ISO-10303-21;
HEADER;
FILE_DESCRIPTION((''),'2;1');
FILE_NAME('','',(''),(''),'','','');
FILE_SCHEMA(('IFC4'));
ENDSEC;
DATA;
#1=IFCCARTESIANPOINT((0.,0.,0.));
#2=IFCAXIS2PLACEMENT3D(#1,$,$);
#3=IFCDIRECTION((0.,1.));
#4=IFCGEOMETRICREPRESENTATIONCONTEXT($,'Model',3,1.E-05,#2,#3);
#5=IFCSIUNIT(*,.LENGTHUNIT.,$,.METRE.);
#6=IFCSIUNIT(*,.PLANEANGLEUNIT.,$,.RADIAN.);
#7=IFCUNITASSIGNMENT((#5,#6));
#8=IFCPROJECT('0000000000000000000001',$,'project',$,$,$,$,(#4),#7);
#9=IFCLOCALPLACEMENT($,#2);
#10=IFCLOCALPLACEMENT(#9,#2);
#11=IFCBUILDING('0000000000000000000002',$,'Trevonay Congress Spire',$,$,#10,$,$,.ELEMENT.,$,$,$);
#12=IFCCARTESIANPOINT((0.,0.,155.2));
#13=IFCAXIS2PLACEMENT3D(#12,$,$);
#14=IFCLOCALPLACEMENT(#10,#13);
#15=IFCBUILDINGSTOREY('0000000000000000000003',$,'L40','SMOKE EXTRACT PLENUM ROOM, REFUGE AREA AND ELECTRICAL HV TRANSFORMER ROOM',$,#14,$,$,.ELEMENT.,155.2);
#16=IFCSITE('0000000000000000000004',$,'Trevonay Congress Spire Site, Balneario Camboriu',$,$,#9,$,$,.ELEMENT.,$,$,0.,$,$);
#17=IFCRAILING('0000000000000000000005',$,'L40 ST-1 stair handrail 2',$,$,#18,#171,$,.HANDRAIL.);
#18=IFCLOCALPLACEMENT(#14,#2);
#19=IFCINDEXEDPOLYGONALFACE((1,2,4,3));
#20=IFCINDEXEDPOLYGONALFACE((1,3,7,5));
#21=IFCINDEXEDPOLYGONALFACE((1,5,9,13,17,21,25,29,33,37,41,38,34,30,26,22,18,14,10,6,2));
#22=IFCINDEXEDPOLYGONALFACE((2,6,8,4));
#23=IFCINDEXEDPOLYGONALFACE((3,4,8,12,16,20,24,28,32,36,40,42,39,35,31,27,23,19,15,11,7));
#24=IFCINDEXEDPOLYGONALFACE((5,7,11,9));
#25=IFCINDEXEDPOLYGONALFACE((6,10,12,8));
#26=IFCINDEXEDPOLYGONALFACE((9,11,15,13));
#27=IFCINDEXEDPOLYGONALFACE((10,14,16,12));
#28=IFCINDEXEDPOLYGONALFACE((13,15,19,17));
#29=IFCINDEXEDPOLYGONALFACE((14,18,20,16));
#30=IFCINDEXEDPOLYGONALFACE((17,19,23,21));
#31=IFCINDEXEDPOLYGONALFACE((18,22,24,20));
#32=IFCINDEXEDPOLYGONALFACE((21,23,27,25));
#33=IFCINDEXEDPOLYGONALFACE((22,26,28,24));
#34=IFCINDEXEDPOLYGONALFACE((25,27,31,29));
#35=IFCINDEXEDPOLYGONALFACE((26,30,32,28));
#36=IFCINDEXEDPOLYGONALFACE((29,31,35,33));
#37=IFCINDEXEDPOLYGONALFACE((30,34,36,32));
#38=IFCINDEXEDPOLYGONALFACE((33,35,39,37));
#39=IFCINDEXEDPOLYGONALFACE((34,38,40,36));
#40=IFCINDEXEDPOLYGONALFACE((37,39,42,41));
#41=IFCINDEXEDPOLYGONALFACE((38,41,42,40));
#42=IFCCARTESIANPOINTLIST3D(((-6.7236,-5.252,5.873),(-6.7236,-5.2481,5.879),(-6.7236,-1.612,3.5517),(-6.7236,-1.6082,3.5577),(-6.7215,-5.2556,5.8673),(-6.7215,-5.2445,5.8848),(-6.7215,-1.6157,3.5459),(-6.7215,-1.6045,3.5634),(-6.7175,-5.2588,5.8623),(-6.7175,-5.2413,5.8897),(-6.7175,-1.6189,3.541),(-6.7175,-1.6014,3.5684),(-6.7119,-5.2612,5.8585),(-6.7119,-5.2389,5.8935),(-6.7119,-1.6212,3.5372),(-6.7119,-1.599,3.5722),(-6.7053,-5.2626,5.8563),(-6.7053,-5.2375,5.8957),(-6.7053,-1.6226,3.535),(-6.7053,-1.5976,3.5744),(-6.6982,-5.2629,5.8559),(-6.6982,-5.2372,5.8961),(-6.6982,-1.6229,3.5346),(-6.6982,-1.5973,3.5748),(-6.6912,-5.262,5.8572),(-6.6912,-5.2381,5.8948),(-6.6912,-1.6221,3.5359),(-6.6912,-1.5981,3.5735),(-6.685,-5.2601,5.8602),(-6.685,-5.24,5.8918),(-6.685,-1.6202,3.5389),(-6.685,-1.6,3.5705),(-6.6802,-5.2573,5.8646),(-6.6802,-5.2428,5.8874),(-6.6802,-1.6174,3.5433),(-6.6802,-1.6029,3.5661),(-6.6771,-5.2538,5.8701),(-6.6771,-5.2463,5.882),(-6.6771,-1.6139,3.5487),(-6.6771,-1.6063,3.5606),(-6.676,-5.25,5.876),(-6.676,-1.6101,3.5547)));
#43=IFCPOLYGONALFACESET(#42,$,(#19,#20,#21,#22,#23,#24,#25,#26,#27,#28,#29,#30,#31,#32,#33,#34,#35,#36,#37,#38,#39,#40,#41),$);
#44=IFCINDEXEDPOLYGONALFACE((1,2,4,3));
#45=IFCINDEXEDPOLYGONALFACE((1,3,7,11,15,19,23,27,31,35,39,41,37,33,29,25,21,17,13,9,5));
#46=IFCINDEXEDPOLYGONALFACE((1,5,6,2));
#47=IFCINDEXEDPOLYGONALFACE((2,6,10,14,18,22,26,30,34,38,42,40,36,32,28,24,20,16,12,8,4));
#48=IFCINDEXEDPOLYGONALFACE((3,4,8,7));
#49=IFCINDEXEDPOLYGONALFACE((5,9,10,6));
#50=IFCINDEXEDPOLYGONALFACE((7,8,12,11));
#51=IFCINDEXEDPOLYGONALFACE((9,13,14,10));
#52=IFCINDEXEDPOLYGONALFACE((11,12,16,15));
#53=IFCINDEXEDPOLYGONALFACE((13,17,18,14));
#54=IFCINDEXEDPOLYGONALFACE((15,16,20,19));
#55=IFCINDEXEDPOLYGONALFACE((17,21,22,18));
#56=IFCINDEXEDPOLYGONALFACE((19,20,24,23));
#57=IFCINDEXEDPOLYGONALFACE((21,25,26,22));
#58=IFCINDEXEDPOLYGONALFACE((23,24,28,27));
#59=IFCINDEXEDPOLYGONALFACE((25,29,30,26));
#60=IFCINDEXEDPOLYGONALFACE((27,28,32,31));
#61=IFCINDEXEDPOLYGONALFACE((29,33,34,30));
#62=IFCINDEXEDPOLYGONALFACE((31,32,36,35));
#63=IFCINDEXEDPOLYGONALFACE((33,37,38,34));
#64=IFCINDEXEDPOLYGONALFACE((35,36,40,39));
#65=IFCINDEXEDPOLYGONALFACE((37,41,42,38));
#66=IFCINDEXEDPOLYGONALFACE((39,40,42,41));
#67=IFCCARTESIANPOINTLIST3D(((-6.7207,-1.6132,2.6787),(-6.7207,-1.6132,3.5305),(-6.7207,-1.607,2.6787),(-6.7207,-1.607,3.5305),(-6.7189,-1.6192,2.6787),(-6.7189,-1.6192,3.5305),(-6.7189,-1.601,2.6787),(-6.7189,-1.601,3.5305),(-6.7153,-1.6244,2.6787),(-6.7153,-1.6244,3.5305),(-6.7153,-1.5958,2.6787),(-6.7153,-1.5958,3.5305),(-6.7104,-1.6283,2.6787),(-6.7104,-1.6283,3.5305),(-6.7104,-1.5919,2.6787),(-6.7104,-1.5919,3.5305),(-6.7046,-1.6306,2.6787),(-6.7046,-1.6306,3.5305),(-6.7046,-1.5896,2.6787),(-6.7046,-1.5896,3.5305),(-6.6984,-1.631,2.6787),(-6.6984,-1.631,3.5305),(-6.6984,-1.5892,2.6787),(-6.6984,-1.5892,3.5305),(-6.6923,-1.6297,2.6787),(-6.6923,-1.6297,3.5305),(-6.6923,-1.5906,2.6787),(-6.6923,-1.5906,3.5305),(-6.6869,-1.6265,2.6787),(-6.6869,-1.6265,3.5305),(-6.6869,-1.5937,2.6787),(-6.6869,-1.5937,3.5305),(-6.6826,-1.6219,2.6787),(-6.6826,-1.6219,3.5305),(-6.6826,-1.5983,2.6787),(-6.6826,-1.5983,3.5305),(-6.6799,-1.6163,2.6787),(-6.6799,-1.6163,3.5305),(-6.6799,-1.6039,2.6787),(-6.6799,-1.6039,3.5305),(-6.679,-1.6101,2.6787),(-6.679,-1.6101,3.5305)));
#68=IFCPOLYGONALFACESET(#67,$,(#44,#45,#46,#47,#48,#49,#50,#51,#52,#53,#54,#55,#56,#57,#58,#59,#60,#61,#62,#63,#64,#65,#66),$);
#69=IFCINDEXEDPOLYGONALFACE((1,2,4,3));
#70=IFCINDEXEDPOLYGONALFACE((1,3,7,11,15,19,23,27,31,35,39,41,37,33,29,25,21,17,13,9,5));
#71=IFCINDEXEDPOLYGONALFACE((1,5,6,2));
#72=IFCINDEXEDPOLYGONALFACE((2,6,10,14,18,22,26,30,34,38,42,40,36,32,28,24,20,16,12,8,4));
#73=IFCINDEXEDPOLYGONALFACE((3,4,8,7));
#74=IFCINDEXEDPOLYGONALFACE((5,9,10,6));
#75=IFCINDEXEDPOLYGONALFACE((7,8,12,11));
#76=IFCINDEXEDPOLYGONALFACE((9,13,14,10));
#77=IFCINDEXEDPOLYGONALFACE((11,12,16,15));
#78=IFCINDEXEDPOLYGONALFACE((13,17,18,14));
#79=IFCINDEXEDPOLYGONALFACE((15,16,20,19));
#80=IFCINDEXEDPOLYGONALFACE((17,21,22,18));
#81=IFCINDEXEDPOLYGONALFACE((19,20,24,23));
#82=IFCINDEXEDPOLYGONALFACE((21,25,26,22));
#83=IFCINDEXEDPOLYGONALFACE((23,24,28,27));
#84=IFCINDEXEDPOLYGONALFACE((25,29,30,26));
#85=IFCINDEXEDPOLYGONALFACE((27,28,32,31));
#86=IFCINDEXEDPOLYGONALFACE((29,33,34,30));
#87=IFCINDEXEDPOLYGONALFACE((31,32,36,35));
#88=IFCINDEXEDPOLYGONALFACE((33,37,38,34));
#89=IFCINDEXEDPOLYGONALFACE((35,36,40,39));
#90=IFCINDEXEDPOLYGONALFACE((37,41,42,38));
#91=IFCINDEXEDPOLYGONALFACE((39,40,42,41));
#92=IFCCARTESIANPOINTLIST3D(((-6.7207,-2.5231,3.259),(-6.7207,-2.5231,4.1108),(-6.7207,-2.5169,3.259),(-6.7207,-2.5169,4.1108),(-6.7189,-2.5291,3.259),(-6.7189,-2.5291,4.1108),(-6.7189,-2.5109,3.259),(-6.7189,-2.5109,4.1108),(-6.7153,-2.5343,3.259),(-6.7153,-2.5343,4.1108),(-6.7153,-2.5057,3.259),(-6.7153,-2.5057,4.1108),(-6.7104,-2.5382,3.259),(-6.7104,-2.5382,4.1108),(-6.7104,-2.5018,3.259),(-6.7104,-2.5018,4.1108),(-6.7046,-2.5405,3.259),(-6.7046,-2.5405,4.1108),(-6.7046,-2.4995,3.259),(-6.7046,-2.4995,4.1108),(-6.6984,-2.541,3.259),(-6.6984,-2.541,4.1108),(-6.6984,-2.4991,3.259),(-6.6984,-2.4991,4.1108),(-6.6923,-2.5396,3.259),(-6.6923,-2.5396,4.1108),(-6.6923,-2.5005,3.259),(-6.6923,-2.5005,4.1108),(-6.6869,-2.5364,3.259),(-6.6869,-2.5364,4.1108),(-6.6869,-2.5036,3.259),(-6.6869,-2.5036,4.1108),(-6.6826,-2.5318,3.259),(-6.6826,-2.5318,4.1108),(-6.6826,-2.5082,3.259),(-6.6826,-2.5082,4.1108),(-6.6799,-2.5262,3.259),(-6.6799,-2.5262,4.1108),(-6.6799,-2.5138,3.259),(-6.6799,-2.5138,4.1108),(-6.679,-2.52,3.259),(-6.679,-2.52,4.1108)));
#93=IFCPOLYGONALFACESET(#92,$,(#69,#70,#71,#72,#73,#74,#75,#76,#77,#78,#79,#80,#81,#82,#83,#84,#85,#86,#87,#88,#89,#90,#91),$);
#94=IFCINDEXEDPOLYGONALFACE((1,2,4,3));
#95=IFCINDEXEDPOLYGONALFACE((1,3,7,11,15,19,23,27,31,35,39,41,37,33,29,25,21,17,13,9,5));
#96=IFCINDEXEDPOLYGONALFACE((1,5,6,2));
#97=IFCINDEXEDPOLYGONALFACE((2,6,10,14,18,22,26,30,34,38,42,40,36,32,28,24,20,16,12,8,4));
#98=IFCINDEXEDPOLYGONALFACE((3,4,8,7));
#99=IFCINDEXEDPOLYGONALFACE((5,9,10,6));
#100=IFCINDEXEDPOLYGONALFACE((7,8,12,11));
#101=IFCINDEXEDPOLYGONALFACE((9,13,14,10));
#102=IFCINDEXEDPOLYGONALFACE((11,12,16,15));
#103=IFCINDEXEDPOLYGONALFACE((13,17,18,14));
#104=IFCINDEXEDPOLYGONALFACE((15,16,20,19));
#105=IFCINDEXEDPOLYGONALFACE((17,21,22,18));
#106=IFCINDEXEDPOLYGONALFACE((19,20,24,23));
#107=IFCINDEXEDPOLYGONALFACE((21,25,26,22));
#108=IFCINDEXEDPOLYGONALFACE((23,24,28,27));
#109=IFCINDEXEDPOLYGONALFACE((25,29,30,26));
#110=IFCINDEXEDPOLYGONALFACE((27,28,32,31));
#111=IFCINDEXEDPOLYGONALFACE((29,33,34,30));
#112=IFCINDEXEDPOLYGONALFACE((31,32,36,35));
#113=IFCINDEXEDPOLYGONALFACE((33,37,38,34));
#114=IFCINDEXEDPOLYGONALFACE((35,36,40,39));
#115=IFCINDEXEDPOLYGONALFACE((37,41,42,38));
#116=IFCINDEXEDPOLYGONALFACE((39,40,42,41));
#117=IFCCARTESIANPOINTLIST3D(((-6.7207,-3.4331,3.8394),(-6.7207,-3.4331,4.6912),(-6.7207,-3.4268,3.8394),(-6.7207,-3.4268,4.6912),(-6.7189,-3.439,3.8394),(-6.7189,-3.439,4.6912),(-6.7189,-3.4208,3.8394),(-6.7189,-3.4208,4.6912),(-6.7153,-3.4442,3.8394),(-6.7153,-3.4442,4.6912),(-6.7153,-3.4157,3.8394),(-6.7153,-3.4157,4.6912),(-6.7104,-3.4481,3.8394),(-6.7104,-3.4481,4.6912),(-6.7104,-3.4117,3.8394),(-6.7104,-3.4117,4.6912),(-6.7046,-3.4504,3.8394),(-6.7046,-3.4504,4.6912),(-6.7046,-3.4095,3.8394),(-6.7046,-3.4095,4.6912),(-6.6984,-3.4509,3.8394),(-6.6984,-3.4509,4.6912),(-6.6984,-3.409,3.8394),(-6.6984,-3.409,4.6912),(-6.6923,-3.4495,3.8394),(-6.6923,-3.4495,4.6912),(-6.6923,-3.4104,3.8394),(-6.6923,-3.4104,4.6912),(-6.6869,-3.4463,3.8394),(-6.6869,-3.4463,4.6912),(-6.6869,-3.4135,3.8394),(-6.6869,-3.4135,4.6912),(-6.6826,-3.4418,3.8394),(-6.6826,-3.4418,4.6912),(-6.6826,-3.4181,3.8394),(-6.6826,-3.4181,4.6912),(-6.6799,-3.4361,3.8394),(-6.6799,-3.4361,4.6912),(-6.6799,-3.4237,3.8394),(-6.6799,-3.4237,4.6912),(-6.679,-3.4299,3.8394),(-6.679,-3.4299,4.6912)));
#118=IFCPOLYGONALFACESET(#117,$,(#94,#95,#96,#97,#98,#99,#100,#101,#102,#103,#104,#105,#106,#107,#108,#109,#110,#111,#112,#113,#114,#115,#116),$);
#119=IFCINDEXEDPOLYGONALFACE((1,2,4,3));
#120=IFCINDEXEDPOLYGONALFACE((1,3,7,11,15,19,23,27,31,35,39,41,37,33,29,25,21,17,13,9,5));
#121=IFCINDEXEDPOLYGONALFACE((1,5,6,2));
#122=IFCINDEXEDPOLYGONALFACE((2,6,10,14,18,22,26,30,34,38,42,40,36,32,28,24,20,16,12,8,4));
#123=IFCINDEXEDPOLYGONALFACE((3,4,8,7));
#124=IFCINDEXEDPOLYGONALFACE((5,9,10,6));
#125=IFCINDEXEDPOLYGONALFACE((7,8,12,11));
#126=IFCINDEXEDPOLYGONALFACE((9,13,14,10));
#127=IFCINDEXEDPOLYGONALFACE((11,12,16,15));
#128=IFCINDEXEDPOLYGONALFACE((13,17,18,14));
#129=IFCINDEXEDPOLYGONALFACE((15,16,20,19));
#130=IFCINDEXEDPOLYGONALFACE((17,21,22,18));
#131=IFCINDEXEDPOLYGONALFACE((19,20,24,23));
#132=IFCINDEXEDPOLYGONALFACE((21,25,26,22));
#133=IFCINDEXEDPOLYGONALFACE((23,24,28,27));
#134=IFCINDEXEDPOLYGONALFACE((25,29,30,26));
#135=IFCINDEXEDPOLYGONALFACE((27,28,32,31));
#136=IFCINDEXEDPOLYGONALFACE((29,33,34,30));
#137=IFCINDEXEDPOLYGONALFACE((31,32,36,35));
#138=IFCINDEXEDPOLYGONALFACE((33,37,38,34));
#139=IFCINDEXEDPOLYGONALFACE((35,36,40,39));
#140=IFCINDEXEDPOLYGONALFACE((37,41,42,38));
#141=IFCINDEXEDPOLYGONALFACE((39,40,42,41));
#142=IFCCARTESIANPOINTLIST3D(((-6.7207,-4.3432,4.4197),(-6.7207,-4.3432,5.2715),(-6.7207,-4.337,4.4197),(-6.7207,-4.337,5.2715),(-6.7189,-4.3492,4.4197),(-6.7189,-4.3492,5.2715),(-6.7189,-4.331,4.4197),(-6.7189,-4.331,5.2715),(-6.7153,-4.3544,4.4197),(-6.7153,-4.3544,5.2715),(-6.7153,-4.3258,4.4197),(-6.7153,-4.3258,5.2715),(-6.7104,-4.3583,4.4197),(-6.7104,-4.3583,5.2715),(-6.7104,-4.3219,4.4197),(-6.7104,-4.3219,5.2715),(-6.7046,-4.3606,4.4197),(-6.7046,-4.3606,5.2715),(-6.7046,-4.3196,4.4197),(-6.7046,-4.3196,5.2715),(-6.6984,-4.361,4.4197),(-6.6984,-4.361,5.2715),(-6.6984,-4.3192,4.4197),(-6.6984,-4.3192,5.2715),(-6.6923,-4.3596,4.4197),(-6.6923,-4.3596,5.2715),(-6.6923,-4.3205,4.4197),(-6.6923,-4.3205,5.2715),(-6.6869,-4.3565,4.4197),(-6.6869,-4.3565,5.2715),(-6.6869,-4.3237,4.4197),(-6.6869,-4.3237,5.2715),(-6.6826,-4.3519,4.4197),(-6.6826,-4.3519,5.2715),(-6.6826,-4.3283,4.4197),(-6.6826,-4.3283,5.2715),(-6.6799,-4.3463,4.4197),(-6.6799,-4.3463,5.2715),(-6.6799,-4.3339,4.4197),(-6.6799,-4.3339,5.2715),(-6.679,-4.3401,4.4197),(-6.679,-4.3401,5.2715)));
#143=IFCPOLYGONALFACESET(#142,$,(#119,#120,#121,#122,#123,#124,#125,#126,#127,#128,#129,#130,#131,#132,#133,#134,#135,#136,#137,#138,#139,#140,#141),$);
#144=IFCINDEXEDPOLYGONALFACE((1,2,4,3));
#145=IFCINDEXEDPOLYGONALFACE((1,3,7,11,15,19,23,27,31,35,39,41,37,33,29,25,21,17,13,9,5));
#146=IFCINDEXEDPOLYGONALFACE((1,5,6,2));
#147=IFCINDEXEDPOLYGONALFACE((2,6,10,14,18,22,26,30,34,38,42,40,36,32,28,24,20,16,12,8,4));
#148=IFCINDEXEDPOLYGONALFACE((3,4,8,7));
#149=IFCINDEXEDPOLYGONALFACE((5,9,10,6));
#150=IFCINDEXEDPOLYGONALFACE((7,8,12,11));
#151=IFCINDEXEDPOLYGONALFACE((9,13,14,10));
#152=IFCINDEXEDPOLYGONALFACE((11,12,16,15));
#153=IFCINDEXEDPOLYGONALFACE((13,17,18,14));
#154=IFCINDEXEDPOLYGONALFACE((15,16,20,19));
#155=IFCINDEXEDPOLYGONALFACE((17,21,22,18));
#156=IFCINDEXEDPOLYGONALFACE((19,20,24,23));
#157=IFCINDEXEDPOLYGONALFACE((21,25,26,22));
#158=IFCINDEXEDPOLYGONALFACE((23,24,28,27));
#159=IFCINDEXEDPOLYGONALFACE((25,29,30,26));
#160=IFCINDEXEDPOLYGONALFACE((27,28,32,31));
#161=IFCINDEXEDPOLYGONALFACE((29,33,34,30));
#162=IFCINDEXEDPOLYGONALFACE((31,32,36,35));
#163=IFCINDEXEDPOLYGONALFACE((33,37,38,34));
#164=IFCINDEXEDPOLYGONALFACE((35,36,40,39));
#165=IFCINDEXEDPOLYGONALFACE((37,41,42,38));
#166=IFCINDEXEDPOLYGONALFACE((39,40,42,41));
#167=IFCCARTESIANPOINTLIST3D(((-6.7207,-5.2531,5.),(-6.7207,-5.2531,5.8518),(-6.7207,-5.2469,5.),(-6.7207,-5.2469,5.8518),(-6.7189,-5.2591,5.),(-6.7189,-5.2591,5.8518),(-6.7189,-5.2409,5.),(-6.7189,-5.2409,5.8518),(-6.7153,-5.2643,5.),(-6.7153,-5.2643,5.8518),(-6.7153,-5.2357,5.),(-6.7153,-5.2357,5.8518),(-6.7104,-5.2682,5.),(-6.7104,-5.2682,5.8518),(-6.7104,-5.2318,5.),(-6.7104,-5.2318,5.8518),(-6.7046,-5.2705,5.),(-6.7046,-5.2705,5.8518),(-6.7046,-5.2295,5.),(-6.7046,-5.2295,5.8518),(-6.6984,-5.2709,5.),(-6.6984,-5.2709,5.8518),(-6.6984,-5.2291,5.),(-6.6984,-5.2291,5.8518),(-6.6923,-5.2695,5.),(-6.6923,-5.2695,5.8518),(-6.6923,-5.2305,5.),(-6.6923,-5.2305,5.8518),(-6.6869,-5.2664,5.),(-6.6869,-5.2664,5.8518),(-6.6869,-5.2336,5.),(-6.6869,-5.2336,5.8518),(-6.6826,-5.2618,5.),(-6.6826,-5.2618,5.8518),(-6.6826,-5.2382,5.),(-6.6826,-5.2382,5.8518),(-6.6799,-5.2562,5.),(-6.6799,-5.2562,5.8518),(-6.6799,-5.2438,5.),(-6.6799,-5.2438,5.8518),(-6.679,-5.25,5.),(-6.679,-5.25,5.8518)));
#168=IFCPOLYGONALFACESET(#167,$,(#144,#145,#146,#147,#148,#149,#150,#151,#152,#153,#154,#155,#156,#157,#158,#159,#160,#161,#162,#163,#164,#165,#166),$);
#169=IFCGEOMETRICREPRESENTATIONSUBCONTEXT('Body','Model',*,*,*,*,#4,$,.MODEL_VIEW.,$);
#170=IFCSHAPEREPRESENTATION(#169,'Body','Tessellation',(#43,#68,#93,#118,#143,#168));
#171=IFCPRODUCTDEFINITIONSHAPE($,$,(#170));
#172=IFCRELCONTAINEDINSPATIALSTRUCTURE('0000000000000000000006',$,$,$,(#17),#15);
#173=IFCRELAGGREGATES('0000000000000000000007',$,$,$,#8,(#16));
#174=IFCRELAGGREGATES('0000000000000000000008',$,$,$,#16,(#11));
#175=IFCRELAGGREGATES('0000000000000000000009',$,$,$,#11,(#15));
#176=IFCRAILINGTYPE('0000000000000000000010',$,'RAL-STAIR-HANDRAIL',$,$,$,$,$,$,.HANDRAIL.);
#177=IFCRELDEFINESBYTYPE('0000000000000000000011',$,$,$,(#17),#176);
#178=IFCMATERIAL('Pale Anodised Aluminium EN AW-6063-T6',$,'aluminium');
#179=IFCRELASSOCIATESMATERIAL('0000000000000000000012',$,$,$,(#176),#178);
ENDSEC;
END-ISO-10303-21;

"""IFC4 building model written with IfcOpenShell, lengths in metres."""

from ifc_helpers import new_model, si_unit, direction, frame, origin, origin_2d, place, context, subcontext, project, spatial, circle, extrude, material, type_object, element, save


model = new_model("IFC4")

# Units and contexts
model_context = context("Model", 3, precision=1e-05, world=origin(), true_north=direction((0.0, 1.0)))
body_context = subcontext(model_context, "Body", "Model", "MODEL_VIEW")
ifc_project = project(units=[si_unit("LENGTHUNIT", "METRE"), si_unit("PLANEANGLEUNIT", "RADIAN")], contexts=[model_context])

# Site, building, storey
site_placement = place(None, origin())
site = spatial("IfcSite", under=ifc_project, at=site_placement, Name="Trevonay Congress Spire Site, Balneario Camboriu", CompositionType="ELEMENT", RefElevation=0.0)
building_placement = place(site_placement, origin())
building = spatial("IfcBuilding", under=site, at=building_placement, Name="Trevonay Congress Spire", CompositionType="ELEMENT")
storey_placement = place(building_placement, frame((0.0, 0.0, 155.2)))
storey = spatial("IfcBuildingStorey", under=building, at=storey_placement, Name="L40", Description="SMOKE EXTRACT PLENUM ROOM, REFUGE AREA AND ELECTRICAL HV TRANSFORMER ROOM", CompositionType="ELEMENT", Elevation=155.2)

# Railing
ifc_material_1 = material(Name="Pale Anodised Aluminium EN AW-6063-T6", Category="aluminium")
railing_type_1 = type_object("IfcRailingType", Name="RAL-STAIR-HANDRAIL", PredefinedType="HANDRAIL", material=ifc_material_1)
railing_1_placement = place(storey_placement, frame((-6.7, -1.6101, 2.6787)))
element("IfcRailing", 1, at=railing_1_placement, inside=storey, type_object=railing_type_1, Name="L40 ST-1 stair handrail 2", PredefinedType="HANDRAIL", context=body_context, shape_type="SweptSolid", body=[
    extrude(circle(Radius=0.0239, at=origin_2d()), frame((0.0, 0.0, 0.876), z_axis=(0.0, -0.843137, 0.537699), x_axis=(1.0, 0.0, 0.0)), (0.0, 0.0, 1.0), 4.3171),
    extrude(circle(Radius=0.021, at=origin_2d()), origin(), (0.0, 0.0, 1.0), 0.8518),
    extrude(circle(Radius=0.021, at=origin_2d()), frame((0.0, -0.9099, 0.5803)), (0.0, 0.0, 1.0), 0.8518),
    extrude(circle(Radius=0.021, at=origin_2d()), frame((0.0, -1.8198, 1.1606)), (0.0, 0.0, 1.0), 0.8518),
    extrude(circle(Radius=0.021, at=origin_2d()), frame((0.0, -2.73, 1.741)), (0.0, 0.0, 1.0), 0.8518),
    extrude(circle(Radius=0.021, at=origin_2d()), frame((0.0, -3.6399, 2.3213)), (0.0, 0.0, 1.0), 0.8518),
])

save(model, "model.ifc")
